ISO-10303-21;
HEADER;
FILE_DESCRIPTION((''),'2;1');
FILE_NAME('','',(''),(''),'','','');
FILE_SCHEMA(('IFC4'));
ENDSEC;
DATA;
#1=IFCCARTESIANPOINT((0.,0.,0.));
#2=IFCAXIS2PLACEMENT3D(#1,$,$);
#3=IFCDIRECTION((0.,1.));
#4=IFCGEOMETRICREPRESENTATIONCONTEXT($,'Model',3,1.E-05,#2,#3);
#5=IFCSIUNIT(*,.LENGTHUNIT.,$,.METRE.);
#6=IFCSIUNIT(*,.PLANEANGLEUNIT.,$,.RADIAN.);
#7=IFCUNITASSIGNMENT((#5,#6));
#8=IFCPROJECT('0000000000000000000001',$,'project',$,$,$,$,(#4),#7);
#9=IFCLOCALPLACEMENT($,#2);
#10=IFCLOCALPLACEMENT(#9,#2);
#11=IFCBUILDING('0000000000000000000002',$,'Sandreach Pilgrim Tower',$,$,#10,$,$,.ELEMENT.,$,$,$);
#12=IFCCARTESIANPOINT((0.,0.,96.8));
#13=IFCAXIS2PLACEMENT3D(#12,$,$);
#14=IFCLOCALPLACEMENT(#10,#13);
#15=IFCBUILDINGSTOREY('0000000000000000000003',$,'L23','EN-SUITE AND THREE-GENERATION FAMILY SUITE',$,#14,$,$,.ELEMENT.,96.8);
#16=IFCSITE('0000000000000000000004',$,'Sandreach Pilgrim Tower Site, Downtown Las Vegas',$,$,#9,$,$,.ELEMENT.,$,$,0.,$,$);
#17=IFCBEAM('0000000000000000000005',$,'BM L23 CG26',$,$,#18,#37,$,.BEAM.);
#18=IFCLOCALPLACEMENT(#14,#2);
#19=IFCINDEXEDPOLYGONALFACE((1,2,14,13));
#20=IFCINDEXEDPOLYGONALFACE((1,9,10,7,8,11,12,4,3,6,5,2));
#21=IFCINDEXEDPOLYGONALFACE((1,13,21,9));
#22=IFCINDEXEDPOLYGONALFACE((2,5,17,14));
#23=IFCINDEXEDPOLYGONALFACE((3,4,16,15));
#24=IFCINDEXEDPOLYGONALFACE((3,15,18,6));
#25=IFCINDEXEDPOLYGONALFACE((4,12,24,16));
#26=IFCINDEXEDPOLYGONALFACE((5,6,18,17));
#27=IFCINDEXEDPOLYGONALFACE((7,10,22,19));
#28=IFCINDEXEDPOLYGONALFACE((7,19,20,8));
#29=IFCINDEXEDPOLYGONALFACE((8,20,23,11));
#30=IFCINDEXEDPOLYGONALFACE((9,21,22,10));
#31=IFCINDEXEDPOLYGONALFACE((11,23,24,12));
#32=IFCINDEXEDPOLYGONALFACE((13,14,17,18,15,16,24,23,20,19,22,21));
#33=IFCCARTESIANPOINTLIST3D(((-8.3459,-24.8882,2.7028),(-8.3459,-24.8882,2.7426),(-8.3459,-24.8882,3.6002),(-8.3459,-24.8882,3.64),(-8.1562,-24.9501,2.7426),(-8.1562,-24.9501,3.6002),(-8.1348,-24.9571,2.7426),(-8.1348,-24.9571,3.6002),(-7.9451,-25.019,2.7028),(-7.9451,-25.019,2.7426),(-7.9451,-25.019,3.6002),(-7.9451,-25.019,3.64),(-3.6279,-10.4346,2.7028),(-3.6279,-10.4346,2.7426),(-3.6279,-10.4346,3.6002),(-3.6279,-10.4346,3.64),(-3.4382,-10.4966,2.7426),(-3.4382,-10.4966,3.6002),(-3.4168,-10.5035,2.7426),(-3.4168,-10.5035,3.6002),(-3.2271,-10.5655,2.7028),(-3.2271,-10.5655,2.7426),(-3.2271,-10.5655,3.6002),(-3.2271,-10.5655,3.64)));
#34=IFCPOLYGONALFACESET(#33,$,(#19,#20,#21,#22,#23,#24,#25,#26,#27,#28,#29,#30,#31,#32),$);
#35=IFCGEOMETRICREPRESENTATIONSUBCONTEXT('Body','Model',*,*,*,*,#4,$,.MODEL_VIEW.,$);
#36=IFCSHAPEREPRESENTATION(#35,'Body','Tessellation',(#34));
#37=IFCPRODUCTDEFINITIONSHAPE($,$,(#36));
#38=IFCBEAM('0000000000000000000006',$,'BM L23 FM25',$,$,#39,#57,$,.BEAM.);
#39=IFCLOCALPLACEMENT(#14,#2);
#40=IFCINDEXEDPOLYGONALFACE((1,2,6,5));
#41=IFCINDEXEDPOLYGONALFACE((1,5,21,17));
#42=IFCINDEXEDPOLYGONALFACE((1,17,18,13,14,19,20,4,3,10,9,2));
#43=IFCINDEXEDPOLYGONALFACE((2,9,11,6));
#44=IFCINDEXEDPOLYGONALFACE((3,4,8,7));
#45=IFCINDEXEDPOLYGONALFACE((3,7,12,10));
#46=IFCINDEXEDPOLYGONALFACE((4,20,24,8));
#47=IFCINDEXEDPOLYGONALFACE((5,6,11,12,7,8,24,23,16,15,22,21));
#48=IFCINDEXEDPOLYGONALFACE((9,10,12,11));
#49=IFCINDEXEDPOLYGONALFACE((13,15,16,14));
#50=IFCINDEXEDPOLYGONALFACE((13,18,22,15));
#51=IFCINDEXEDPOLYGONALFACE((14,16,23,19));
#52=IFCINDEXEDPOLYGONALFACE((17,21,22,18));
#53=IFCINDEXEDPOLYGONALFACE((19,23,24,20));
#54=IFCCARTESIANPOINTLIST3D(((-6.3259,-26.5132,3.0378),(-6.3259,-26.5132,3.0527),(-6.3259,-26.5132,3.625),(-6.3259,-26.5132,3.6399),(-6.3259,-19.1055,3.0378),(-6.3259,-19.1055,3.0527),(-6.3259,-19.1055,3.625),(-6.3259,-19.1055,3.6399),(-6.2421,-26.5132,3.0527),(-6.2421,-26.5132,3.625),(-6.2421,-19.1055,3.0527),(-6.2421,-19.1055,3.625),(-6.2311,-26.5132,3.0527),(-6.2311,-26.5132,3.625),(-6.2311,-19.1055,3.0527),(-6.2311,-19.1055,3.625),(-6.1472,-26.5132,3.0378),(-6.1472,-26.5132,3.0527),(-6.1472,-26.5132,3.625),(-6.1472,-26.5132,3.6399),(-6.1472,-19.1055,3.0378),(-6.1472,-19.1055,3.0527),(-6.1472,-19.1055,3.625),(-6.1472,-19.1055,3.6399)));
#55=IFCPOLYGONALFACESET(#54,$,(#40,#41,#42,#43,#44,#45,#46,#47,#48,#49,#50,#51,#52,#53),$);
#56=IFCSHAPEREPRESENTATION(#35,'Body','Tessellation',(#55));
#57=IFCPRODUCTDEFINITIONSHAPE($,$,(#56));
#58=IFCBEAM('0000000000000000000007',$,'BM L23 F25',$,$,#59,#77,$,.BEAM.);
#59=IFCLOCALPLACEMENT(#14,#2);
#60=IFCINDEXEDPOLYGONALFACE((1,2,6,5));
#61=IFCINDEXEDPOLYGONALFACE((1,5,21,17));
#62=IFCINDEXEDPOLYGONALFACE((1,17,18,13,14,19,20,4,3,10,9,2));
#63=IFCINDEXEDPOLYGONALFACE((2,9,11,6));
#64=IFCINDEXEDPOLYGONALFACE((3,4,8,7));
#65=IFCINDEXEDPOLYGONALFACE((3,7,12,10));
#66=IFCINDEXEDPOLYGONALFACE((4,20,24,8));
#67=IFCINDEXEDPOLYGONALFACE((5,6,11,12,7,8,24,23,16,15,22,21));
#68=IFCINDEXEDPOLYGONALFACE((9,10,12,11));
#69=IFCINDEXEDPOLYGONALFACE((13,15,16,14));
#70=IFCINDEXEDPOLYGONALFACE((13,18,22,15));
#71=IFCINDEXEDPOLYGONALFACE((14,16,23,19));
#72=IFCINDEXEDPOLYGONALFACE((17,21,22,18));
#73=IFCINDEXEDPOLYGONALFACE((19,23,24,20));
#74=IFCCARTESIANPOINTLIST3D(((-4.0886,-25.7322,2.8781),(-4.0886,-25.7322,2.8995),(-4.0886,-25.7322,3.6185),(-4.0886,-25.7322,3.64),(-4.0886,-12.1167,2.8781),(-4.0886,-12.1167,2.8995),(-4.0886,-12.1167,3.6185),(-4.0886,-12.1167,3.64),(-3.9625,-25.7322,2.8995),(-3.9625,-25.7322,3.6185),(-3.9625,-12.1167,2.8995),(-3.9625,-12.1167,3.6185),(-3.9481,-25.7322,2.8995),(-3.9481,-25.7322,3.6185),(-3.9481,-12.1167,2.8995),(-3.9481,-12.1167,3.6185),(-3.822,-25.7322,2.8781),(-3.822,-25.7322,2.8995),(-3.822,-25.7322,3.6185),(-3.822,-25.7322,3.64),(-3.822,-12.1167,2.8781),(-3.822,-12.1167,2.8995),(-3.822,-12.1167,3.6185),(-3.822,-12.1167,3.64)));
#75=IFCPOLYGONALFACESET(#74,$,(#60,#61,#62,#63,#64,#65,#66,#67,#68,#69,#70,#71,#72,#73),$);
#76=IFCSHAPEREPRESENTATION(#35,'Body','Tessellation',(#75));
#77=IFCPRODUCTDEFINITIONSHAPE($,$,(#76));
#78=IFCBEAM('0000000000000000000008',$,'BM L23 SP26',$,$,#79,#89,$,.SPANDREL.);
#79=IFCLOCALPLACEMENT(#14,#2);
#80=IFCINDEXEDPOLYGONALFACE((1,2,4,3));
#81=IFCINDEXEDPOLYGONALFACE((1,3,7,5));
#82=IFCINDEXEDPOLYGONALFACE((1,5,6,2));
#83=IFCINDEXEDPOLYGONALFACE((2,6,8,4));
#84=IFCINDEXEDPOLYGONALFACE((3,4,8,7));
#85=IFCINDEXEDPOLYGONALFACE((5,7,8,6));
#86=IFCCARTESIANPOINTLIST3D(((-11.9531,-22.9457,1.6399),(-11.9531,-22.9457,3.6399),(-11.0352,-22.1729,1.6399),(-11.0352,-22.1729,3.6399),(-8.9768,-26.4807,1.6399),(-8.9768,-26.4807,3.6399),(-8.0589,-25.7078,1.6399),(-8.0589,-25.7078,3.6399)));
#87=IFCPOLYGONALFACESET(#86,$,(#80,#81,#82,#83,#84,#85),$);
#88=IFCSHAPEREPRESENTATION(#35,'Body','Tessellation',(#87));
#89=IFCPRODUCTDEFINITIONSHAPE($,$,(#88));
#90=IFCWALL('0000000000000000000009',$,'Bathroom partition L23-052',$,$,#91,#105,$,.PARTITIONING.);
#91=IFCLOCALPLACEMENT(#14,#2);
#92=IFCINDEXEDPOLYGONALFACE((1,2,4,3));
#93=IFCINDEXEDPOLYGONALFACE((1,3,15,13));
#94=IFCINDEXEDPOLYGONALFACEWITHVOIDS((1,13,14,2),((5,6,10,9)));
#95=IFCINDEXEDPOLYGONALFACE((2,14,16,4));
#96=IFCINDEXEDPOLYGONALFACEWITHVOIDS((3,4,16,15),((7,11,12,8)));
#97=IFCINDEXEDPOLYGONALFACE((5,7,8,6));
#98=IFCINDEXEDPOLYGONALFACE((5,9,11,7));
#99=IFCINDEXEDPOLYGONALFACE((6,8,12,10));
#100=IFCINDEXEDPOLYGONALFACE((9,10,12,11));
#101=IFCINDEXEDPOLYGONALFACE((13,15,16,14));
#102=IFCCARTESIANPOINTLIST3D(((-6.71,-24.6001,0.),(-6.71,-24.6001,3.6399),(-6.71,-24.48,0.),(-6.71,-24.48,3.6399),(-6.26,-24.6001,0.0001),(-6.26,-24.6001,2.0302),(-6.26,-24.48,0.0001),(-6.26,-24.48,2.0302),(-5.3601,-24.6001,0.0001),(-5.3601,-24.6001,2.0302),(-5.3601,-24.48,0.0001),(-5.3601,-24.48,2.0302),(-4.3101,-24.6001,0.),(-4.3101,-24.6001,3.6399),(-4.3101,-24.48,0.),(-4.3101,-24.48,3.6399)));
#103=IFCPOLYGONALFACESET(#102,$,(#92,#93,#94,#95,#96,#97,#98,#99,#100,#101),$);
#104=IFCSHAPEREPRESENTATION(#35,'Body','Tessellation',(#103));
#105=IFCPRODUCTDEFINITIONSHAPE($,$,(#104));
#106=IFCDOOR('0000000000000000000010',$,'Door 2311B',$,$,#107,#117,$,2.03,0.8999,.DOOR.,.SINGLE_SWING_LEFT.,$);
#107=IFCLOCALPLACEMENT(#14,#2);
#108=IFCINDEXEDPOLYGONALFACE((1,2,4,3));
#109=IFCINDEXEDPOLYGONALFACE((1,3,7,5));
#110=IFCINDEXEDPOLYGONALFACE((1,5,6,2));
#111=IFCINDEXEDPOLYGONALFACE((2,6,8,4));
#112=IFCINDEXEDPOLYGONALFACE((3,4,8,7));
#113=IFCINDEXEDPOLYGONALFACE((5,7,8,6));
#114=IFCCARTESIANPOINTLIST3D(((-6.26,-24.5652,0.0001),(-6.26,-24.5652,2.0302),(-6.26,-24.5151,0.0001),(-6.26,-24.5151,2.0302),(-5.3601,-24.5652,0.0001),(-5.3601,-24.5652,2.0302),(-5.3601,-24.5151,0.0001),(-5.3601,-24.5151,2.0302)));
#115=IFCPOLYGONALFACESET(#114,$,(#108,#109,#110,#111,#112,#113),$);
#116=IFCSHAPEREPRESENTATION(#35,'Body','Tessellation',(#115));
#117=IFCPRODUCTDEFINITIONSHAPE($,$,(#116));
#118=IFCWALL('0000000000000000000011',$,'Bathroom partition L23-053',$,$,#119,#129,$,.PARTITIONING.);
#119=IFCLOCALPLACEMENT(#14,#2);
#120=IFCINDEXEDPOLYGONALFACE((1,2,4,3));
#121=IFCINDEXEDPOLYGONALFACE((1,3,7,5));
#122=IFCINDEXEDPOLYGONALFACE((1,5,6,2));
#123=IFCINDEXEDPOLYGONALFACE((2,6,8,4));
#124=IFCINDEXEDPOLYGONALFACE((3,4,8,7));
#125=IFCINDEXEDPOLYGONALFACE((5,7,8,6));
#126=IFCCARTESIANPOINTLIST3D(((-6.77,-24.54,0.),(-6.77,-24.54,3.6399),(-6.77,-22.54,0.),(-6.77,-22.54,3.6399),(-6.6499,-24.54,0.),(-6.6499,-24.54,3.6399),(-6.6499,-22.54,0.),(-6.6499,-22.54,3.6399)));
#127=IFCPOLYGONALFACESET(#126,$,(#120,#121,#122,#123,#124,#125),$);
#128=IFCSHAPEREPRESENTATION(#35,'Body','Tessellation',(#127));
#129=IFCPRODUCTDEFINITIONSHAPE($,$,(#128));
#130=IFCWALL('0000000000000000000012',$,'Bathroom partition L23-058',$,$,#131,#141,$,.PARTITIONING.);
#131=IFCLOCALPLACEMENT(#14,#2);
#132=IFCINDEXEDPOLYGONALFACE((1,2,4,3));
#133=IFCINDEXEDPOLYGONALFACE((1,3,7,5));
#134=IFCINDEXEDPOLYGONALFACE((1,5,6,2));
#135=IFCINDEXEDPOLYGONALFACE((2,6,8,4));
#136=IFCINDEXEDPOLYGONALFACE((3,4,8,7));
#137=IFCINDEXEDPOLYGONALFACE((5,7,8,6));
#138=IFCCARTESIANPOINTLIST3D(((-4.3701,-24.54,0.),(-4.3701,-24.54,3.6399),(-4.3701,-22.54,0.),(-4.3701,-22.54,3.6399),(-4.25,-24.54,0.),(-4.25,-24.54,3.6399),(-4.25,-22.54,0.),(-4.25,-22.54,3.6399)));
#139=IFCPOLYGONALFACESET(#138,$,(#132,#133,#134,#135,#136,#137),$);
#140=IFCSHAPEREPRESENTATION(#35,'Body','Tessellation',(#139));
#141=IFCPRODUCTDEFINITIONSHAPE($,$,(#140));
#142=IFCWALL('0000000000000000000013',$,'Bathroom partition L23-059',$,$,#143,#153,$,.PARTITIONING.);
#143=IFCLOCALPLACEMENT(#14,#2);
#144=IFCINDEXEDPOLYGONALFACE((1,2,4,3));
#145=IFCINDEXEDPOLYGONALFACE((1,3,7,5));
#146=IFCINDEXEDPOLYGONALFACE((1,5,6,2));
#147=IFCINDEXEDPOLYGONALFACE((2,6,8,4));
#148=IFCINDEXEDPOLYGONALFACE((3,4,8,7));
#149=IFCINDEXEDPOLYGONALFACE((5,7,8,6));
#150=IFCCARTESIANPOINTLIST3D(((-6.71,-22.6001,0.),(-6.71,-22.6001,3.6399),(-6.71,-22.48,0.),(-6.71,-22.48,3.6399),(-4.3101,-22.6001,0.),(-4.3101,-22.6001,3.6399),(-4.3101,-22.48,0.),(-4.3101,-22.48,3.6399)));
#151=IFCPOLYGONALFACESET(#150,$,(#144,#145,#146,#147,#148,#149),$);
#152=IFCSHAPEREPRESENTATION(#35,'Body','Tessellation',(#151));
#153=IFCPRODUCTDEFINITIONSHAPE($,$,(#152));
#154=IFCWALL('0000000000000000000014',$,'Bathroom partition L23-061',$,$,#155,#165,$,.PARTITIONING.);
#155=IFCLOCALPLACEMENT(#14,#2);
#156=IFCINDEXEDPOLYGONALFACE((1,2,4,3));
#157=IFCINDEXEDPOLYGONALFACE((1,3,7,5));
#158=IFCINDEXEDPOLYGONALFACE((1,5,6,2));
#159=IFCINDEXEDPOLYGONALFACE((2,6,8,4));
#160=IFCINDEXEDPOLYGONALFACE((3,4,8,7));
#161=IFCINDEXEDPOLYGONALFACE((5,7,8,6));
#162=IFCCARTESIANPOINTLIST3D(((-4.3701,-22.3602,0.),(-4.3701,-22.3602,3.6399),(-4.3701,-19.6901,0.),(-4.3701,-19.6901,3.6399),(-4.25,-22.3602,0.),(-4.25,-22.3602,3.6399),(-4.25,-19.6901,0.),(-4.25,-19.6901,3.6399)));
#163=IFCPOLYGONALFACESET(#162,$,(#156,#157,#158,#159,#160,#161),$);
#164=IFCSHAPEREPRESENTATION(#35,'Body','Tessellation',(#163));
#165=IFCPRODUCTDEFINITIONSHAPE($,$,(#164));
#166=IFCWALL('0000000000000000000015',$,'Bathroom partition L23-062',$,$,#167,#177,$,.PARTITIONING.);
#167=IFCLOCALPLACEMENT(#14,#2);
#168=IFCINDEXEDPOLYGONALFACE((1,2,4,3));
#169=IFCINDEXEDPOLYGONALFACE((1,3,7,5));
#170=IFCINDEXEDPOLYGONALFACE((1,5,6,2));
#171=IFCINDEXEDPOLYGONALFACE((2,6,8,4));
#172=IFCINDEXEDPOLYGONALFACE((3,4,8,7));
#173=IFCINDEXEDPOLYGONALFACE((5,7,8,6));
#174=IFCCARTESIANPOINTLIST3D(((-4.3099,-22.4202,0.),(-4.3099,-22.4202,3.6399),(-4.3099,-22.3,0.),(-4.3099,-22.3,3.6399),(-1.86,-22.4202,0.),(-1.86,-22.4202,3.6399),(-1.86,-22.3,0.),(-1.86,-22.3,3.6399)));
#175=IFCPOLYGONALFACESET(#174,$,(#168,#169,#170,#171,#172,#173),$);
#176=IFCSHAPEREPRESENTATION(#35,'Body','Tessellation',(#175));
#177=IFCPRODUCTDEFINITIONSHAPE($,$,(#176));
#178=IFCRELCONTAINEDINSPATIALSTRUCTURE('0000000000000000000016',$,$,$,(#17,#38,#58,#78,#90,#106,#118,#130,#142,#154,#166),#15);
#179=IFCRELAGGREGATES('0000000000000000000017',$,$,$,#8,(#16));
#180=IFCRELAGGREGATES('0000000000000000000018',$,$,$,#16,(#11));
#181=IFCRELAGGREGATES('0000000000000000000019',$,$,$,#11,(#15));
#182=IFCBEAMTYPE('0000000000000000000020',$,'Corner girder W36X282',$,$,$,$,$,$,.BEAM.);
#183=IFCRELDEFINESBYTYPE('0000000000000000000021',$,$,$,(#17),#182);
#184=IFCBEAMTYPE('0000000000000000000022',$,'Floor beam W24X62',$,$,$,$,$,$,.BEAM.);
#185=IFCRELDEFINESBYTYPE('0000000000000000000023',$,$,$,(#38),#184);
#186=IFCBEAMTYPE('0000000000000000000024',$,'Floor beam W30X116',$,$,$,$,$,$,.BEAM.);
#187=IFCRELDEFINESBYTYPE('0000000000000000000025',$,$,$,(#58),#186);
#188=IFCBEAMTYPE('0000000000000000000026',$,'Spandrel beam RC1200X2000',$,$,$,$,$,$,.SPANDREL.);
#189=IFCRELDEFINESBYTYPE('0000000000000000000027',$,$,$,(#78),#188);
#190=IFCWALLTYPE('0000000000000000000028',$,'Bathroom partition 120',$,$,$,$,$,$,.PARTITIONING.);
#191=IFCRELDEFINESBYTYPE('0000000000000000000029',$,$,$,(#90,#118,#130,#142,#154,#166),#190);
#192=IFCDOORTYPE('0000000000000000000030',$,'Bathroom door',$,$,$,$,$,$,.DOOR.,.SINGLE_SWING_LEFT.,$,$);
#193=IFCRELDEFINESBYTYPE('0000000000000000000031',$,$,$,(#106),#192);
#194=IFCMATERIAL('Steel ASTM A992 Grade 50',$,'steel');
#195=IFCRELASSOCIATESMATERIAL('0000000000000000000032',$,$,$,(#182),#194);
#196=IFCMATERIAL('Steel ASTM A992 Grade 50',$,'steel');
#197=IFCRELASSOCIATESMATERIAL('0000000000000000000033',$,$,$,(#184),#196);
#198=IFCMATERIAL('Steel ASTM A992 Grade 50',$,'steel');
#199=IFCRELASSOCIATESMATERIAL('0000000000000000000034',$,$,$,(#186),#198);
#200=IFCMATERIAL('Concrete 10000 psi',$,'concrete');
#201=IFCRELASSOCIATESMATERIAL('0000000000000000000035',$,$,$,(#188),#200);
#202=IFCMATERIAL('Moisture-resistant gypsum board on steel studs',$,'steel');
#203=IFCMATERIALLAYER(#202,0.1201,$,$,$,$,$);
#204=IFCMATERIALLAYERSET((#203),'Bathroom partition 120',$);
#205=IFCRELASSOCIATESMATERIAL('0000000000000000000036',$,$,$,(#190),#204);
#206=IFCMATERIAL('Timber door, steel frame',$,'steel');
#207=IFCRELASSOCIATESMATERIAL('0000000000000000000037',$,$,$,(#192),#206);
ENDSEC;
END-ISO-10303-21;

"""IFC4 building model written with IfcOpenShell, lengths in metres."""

from ifc_helpers import new_model, si_unit, direction, frame, frame_2d, origin, origin_2d, place, context, subcontext, project, spatial, rectangle, i_section, extrude, material, layer, layer_set, material_profile, profile_set, type_object, element, fill, save


model = new_model("IFC4")

# Units and contexts
model_context = context("Model", 3, precision=1e-05, world=origin(), true_north=direction((0.0, 1.0)))
body_context = subcontext(model_context, "Body", "Model", "MODEL_VIEW")
ifc_project = project(units=[si_unit("LENGTHUNIT", "METRE"), si_unit("PLANEANGLEUNIT", "RADIAN")], contexts=[model_context])

# Site, building, storey
site_placement = place(None, origin())
site = spatial("IfcSite", under=ifc_project, at=site_placement, Name="Sandreach Pilgrim Tower Site, Downtown Las Vegas", CompositionType="ELEMENT", RefElevation=0.0)
building_placement = place(site_placement, origin())
building = spatial("IfcBuilding", under=site, at=building_placement, Name="Sandreach Pilgrim Tower", CompositionType="ELEMENT")
storey_placement = place(building_placement, frame((0.0, 0.0, 96.8)))
storey = spatial("IfcBuildingStorey", under=building, at=storey_placement, Name="L23", Description="EN-SUITE AND THREE-GENERATION FAMILY SUITE", CompositionType="ELEMENT", Elevation=96.8)

# Beams
ifc_material_1 = material(Name="Steel ASTM A992 Grade 50", Category="steel")
ifc_material_profile_1 = material_profile(ifc_material_1, i_section(OverallWidth=0.4216, OverallDepth=0.9373, WebThickness=0.0225, FlangeThickness=0.0398, at=origin_2d()), Name="W36X282")
ifc_profile_set_1 = profile_set([ifc_material_profile_1], Name="Steel ASTM A992 Grade 50")
beam_type_1 = type_object("IfcBeamType", Name="Corner girder W36X282", PredefinedType="BEAM", material=ifc_profile_set_1)
beam_1_placement = place(storey_placement, frame((-8.1455, -24.9536, 3.1714), z_axis=(0.310311, 0.950635, 0.0), x_axis=(-0.950635, 0.310311, 0.0)))
element("IfcBeam", 1, at=beam_1_placement, inside=storey, type_object=beam_type_1, Name="BM L23 CG26", PredefinedType="BEAM", context=body_context, shape_type="SweptSolid", body=[
    extrude(i_section(OverallWidth=0.4216, OverallDepth=0.9373, WebThickness=0.0225, FlangeThickness=0.0398, at=origin_2d()), origin(), (0.0, 0.0, 1.0), 15.2041),
])
ifc_material_2 = material(Name="Steel ASTM A992 Grade 50", Category="steel")
ifc_material_profile_2 = material_profile(ifc_material_2, i_section(OverallWidth=0.1787, OverallDepth=0.6021, WebThickness=0.011, FlangeThickness=0.0149, at=origin_2d()), Name="W24X62")
ifc_profile_set_2 = profile_set([ifc_material_profile_2], Name="Steel ASTM A992 Grade 50")
beam_type_2 = type_object("IfcBeamType", Name="Floor beam W24X62", PredefinedType="BEAM", material=ifc_profile_set_2)
beam_2_placement = place(storey_placement, frame((-6.2366, -26.5132, 3.3389), z_axis=(0.0, 1.0, 0.0), x_axis=(-1.0, 0.0, 0.0)))
element("IfcBeam", 2, at=beam_2_placement, inside=storey, type_object=beam_type_2, Name="BM L23 FM25", PredefinedType="BEAM", context=body_context, shape_type="SweptSolid", body=[
    extrude(i_section(OverallWidth=0.1787, OverallDepth=0.6021, WebThickness=0.011, FlangeThickness=0.0149, at=origin_2d()), origin(), (0.0, 0.0, 1.0), 7.4077),
])
ifc_material_3 = material(Name="Steel ASTM A992 Grade 50", Category="steel")
ifc_material_profile_3 = material_profile(ifc_material_3, i_section(OverallWidth=0.2666, OverallDepth=0.762, WebThickness=0.0144, FlangeThickness=0.0215, at=origin_2d()), Name="W30X116")
ifc_profile_set_3 = profile_set([ifc_material_profile_3], Name="Steel ASTM A992 Grade 50")
beam_type_3 = type_object("IfcBeamType", Name="Floor beam W30X116", PredefinedType="BEAM", material=ifc_profile_set_3)
beam_3_placement = place(storey_placement, frame((-3.9553, -25.7322, 3.259), z_axis=(0.0, 1.0, 0.0), x_axis=(-1.0, 0.0, 0.0)))
element("IfcBeam", 3, at=beam_3_placement, inside=storey, type_object=beam_type_3, Name="BM L23 F25", PredefinedType="BEAM", context=body_context, shape_type="SweptSolid", body=[
    extrude(i_section(OverallWidth=0.2666, OverallDepth=0.762, WebThickness=0.0144, FlangeThickness=0.0215, at=origin_2d()), origin(), (0.0, 0.0, 1.0), 13.6155),
])
ifc_material_4 = material(Name="Concrete 10000 psi", Category="concrete")
ifc_material_profile_4 = material_profile(ifc_material_4, rectangle(XDim=1.2, YDim=2.0, at=origin_2d()), Name="RC1200X2000")
ifc_profile_set_4 = profile_set([ifc_material_profile_4], Name="Concrete 10000 psi")
beam_type_4 = type_object("IfcBeamType", Name="Spandrel beam RC1200X2000", PredefinedType="SPANDREL", material=ifc_profile_set_4)
beam_4_placement = place(storey_placement, frame((-8.5178, -26.0942, 2.6399), z_axis=(-0.644079, 0.764959, 0.0), x_axis=(-0.764959, -0.644079, 0.0)))
element("IfcBeam", 4, at=beam_4_placement, inside=storey, type_object=beam_type_4, Name="BM L23 SP26", PredefinedType="SPANDREL", context=body_context, shape_type="SweptSolid", body=[
    extrude(rectangle(XDim=1.2, YDim=2.0, at=origin_2d()), origin(), (0.0, 0.0, 1.0), 4.6211),
])

# Wall, opening, door
ifc_material_5 = material(Name="Moisture-resistant gypsum board on steel studs", Category="steel")
ifc_layer_1 = layer(ifc_material_5, 0.1201)
ifc_layer_set_1 = layer_set([ifc_layer_1], Name="Bathroom partition 120")
wall_type_1 = type_object("IfcWallType", Name="Bathroom partition 120", PredefinedType="PARTITIONING", material=ifc_layer_set_1)
wall_1_placement = place(storey_placement, frame((-6.71, -24.54, 0.0), z_axis=(0.0, 0.0, 1.0), x_axis=(1.0, 0.0, 0.0)))
wall_1 = element("IfcWall", 5, at=wall_1_placement, inside=storey, type_object=wall_type_1, Name="Bathroom partition L23-052", PredefinedType="PARTITIONING", context=body_context, shape_type="SweptSolid", body=[
    extrude(rectangle(XDim=2.3999, YDim=0.1201, at=frame_2d((1.2, 0.0))), origin(), (0.0, 0.0, 1.0), 3.6399),
])
opening_1_placement = place(wall_1_placement, frame((0.45, 0.0, 0.0)))
opening_1 = element("IfcOpeningElement", 6, at=opening_1_placement, cuts=wall_1, PredefinedType="OPENING", context=body_context, shape_type="SweptSolid", body=[
    extrude(rectangle(XDim=0.8999, YDim=2.03, at=frame_2d((0.45, 1.0151))), frame((0.0, 0.0601, 0.0), z_axis=(0.0, -1.0, 0.0), x_axis=(1.0, 0.0, 0.0)), (0.0, 0.0, 1.0), 0.1201),
])
ifc_material_6 = material(Name="Timber door, steel frame", Category="steel")
door_type_1 = type_object("IfcDoorType", Name="Bathroom door", OperationType="SINGLE_SWING_LEFT", PredefinedType="DOOR", material=ifc_material_6)
door_1_placement = place(opening_1_placement, origin())
door_1 = element("IfcDoor", 7, at=door_1_placement, inside=storey, type_object=door_type_1, Name="Door 2311B", OperationType="SINGLE_SWING_LEFT", OverallHeight=2.03, OverallWidth=0.8999, PredefinedType="DOOR", context=body_context, shape_type="SweptSolid", body=[
    extrude(rectangle(XDim=0.8999, YDim=2.03, at=frame_2d((0.45, 1.0151))), frame((0.0, 0.0249, 0.0), z_axis=(0.0, -1.0, 0.0), x_axis=(1.0, 0.0, 0.0)), (0.0, 0.0, 1.0), 0.05),
])
fill(opening_1, door_1)

# Walls
for number, where, z_axis, x_axis, name in (
    (8, (-6.71, -22.54, 0.0), (0.0, 0.0, 1.0), (0.0, -1.0, 0.0), "Bathroom partition L23-053"),
    (9, (-4.3101, -24.54, 0.0), (0.0, 0.0, 1.0), (0.0, 1.0, 0.0), "Bathroom partition L23-058"),
):
    element("IfcWall", number, at=place(storey_placement, frame(where, z_axis=z_axis, x_axis=x_axis)), inside=storey, type_object=wall_type_1, Name=name, PredefinedType="PARTITIONING", context=body_context, shape_type="SweptSolid", body=[
        extrude(rectangle(XDim=2.0, YDim=0.1201, at=frame_2d((1.0, 0.0))), origin(), (0.0, 0.0, 1.0), 3.6399),
    ])
wall_2_placement = place(storey_placement, frame((-4.3101, -22.54, 0.0), z_axis=(0.0, 0.0, 1.0), x_axis=(-1.0, 0.0, 0.0)))
element("IfcWall", 10, at=wall_2_placement, inside=storey, type_object=wall_type_1, Name="Bathroom partition L23-059", PredefinedType="PARTITIONING", context=body_context, shape_type="SweptSolid", body=[
    extrude(rectangle(XDim=2.3999, YDim=0.1201, at=frame_2d((1.2, 0.0))), origin(), (0.0, 0.0, 1.0), 3.6399),
])
wall_3_placement = place(storey_placement, frame((-4.3101, -22.3601, 0.0), z_axis=(0.0, 0.0, 1.0), x_axis=(0.0, 1.0, 0.0)))
element("IfcWall", 11, at=wall_3_placement, inside=storey, type_object=wall_type_1, Name="Bathroom partition L23-061", PredefinedType="PARTITIONING", context=body_context, shape_type="SweptSolid", body=[
    extrude(rectangle(XDim=2.6702, YDim=0.1201, at=frame_2d((1.335, 0.0))), origin(), (0.0, 0.0, 1.0), 3.6399),
])
for number, where, z_axis, x_axis, name in (
    (12, (-4.3101, -22.3601, 0.0), (0.0, 0.0, 1.0), (1.0, 0.0, 0.0), "Bathroom partition L23-062"),
):
    element("IfcWall", number, at=place(storey_placement, frame(where, z_axis=z_axis, x_axis=x_axis)), inside=storey, type_object=wall_type_1, Name=name, PredefinedType="PARTITIONING", context=body_context, shape_type="SweptSolid", body=[
        extrude(rectangle(XDim=2.45, YDim=0.1201, at=frame_2d((1.2251, 0.0))), origin(), (0.0, 0.0, 1.0), 3.6399),
    ])

save(model, "model.ifc")
